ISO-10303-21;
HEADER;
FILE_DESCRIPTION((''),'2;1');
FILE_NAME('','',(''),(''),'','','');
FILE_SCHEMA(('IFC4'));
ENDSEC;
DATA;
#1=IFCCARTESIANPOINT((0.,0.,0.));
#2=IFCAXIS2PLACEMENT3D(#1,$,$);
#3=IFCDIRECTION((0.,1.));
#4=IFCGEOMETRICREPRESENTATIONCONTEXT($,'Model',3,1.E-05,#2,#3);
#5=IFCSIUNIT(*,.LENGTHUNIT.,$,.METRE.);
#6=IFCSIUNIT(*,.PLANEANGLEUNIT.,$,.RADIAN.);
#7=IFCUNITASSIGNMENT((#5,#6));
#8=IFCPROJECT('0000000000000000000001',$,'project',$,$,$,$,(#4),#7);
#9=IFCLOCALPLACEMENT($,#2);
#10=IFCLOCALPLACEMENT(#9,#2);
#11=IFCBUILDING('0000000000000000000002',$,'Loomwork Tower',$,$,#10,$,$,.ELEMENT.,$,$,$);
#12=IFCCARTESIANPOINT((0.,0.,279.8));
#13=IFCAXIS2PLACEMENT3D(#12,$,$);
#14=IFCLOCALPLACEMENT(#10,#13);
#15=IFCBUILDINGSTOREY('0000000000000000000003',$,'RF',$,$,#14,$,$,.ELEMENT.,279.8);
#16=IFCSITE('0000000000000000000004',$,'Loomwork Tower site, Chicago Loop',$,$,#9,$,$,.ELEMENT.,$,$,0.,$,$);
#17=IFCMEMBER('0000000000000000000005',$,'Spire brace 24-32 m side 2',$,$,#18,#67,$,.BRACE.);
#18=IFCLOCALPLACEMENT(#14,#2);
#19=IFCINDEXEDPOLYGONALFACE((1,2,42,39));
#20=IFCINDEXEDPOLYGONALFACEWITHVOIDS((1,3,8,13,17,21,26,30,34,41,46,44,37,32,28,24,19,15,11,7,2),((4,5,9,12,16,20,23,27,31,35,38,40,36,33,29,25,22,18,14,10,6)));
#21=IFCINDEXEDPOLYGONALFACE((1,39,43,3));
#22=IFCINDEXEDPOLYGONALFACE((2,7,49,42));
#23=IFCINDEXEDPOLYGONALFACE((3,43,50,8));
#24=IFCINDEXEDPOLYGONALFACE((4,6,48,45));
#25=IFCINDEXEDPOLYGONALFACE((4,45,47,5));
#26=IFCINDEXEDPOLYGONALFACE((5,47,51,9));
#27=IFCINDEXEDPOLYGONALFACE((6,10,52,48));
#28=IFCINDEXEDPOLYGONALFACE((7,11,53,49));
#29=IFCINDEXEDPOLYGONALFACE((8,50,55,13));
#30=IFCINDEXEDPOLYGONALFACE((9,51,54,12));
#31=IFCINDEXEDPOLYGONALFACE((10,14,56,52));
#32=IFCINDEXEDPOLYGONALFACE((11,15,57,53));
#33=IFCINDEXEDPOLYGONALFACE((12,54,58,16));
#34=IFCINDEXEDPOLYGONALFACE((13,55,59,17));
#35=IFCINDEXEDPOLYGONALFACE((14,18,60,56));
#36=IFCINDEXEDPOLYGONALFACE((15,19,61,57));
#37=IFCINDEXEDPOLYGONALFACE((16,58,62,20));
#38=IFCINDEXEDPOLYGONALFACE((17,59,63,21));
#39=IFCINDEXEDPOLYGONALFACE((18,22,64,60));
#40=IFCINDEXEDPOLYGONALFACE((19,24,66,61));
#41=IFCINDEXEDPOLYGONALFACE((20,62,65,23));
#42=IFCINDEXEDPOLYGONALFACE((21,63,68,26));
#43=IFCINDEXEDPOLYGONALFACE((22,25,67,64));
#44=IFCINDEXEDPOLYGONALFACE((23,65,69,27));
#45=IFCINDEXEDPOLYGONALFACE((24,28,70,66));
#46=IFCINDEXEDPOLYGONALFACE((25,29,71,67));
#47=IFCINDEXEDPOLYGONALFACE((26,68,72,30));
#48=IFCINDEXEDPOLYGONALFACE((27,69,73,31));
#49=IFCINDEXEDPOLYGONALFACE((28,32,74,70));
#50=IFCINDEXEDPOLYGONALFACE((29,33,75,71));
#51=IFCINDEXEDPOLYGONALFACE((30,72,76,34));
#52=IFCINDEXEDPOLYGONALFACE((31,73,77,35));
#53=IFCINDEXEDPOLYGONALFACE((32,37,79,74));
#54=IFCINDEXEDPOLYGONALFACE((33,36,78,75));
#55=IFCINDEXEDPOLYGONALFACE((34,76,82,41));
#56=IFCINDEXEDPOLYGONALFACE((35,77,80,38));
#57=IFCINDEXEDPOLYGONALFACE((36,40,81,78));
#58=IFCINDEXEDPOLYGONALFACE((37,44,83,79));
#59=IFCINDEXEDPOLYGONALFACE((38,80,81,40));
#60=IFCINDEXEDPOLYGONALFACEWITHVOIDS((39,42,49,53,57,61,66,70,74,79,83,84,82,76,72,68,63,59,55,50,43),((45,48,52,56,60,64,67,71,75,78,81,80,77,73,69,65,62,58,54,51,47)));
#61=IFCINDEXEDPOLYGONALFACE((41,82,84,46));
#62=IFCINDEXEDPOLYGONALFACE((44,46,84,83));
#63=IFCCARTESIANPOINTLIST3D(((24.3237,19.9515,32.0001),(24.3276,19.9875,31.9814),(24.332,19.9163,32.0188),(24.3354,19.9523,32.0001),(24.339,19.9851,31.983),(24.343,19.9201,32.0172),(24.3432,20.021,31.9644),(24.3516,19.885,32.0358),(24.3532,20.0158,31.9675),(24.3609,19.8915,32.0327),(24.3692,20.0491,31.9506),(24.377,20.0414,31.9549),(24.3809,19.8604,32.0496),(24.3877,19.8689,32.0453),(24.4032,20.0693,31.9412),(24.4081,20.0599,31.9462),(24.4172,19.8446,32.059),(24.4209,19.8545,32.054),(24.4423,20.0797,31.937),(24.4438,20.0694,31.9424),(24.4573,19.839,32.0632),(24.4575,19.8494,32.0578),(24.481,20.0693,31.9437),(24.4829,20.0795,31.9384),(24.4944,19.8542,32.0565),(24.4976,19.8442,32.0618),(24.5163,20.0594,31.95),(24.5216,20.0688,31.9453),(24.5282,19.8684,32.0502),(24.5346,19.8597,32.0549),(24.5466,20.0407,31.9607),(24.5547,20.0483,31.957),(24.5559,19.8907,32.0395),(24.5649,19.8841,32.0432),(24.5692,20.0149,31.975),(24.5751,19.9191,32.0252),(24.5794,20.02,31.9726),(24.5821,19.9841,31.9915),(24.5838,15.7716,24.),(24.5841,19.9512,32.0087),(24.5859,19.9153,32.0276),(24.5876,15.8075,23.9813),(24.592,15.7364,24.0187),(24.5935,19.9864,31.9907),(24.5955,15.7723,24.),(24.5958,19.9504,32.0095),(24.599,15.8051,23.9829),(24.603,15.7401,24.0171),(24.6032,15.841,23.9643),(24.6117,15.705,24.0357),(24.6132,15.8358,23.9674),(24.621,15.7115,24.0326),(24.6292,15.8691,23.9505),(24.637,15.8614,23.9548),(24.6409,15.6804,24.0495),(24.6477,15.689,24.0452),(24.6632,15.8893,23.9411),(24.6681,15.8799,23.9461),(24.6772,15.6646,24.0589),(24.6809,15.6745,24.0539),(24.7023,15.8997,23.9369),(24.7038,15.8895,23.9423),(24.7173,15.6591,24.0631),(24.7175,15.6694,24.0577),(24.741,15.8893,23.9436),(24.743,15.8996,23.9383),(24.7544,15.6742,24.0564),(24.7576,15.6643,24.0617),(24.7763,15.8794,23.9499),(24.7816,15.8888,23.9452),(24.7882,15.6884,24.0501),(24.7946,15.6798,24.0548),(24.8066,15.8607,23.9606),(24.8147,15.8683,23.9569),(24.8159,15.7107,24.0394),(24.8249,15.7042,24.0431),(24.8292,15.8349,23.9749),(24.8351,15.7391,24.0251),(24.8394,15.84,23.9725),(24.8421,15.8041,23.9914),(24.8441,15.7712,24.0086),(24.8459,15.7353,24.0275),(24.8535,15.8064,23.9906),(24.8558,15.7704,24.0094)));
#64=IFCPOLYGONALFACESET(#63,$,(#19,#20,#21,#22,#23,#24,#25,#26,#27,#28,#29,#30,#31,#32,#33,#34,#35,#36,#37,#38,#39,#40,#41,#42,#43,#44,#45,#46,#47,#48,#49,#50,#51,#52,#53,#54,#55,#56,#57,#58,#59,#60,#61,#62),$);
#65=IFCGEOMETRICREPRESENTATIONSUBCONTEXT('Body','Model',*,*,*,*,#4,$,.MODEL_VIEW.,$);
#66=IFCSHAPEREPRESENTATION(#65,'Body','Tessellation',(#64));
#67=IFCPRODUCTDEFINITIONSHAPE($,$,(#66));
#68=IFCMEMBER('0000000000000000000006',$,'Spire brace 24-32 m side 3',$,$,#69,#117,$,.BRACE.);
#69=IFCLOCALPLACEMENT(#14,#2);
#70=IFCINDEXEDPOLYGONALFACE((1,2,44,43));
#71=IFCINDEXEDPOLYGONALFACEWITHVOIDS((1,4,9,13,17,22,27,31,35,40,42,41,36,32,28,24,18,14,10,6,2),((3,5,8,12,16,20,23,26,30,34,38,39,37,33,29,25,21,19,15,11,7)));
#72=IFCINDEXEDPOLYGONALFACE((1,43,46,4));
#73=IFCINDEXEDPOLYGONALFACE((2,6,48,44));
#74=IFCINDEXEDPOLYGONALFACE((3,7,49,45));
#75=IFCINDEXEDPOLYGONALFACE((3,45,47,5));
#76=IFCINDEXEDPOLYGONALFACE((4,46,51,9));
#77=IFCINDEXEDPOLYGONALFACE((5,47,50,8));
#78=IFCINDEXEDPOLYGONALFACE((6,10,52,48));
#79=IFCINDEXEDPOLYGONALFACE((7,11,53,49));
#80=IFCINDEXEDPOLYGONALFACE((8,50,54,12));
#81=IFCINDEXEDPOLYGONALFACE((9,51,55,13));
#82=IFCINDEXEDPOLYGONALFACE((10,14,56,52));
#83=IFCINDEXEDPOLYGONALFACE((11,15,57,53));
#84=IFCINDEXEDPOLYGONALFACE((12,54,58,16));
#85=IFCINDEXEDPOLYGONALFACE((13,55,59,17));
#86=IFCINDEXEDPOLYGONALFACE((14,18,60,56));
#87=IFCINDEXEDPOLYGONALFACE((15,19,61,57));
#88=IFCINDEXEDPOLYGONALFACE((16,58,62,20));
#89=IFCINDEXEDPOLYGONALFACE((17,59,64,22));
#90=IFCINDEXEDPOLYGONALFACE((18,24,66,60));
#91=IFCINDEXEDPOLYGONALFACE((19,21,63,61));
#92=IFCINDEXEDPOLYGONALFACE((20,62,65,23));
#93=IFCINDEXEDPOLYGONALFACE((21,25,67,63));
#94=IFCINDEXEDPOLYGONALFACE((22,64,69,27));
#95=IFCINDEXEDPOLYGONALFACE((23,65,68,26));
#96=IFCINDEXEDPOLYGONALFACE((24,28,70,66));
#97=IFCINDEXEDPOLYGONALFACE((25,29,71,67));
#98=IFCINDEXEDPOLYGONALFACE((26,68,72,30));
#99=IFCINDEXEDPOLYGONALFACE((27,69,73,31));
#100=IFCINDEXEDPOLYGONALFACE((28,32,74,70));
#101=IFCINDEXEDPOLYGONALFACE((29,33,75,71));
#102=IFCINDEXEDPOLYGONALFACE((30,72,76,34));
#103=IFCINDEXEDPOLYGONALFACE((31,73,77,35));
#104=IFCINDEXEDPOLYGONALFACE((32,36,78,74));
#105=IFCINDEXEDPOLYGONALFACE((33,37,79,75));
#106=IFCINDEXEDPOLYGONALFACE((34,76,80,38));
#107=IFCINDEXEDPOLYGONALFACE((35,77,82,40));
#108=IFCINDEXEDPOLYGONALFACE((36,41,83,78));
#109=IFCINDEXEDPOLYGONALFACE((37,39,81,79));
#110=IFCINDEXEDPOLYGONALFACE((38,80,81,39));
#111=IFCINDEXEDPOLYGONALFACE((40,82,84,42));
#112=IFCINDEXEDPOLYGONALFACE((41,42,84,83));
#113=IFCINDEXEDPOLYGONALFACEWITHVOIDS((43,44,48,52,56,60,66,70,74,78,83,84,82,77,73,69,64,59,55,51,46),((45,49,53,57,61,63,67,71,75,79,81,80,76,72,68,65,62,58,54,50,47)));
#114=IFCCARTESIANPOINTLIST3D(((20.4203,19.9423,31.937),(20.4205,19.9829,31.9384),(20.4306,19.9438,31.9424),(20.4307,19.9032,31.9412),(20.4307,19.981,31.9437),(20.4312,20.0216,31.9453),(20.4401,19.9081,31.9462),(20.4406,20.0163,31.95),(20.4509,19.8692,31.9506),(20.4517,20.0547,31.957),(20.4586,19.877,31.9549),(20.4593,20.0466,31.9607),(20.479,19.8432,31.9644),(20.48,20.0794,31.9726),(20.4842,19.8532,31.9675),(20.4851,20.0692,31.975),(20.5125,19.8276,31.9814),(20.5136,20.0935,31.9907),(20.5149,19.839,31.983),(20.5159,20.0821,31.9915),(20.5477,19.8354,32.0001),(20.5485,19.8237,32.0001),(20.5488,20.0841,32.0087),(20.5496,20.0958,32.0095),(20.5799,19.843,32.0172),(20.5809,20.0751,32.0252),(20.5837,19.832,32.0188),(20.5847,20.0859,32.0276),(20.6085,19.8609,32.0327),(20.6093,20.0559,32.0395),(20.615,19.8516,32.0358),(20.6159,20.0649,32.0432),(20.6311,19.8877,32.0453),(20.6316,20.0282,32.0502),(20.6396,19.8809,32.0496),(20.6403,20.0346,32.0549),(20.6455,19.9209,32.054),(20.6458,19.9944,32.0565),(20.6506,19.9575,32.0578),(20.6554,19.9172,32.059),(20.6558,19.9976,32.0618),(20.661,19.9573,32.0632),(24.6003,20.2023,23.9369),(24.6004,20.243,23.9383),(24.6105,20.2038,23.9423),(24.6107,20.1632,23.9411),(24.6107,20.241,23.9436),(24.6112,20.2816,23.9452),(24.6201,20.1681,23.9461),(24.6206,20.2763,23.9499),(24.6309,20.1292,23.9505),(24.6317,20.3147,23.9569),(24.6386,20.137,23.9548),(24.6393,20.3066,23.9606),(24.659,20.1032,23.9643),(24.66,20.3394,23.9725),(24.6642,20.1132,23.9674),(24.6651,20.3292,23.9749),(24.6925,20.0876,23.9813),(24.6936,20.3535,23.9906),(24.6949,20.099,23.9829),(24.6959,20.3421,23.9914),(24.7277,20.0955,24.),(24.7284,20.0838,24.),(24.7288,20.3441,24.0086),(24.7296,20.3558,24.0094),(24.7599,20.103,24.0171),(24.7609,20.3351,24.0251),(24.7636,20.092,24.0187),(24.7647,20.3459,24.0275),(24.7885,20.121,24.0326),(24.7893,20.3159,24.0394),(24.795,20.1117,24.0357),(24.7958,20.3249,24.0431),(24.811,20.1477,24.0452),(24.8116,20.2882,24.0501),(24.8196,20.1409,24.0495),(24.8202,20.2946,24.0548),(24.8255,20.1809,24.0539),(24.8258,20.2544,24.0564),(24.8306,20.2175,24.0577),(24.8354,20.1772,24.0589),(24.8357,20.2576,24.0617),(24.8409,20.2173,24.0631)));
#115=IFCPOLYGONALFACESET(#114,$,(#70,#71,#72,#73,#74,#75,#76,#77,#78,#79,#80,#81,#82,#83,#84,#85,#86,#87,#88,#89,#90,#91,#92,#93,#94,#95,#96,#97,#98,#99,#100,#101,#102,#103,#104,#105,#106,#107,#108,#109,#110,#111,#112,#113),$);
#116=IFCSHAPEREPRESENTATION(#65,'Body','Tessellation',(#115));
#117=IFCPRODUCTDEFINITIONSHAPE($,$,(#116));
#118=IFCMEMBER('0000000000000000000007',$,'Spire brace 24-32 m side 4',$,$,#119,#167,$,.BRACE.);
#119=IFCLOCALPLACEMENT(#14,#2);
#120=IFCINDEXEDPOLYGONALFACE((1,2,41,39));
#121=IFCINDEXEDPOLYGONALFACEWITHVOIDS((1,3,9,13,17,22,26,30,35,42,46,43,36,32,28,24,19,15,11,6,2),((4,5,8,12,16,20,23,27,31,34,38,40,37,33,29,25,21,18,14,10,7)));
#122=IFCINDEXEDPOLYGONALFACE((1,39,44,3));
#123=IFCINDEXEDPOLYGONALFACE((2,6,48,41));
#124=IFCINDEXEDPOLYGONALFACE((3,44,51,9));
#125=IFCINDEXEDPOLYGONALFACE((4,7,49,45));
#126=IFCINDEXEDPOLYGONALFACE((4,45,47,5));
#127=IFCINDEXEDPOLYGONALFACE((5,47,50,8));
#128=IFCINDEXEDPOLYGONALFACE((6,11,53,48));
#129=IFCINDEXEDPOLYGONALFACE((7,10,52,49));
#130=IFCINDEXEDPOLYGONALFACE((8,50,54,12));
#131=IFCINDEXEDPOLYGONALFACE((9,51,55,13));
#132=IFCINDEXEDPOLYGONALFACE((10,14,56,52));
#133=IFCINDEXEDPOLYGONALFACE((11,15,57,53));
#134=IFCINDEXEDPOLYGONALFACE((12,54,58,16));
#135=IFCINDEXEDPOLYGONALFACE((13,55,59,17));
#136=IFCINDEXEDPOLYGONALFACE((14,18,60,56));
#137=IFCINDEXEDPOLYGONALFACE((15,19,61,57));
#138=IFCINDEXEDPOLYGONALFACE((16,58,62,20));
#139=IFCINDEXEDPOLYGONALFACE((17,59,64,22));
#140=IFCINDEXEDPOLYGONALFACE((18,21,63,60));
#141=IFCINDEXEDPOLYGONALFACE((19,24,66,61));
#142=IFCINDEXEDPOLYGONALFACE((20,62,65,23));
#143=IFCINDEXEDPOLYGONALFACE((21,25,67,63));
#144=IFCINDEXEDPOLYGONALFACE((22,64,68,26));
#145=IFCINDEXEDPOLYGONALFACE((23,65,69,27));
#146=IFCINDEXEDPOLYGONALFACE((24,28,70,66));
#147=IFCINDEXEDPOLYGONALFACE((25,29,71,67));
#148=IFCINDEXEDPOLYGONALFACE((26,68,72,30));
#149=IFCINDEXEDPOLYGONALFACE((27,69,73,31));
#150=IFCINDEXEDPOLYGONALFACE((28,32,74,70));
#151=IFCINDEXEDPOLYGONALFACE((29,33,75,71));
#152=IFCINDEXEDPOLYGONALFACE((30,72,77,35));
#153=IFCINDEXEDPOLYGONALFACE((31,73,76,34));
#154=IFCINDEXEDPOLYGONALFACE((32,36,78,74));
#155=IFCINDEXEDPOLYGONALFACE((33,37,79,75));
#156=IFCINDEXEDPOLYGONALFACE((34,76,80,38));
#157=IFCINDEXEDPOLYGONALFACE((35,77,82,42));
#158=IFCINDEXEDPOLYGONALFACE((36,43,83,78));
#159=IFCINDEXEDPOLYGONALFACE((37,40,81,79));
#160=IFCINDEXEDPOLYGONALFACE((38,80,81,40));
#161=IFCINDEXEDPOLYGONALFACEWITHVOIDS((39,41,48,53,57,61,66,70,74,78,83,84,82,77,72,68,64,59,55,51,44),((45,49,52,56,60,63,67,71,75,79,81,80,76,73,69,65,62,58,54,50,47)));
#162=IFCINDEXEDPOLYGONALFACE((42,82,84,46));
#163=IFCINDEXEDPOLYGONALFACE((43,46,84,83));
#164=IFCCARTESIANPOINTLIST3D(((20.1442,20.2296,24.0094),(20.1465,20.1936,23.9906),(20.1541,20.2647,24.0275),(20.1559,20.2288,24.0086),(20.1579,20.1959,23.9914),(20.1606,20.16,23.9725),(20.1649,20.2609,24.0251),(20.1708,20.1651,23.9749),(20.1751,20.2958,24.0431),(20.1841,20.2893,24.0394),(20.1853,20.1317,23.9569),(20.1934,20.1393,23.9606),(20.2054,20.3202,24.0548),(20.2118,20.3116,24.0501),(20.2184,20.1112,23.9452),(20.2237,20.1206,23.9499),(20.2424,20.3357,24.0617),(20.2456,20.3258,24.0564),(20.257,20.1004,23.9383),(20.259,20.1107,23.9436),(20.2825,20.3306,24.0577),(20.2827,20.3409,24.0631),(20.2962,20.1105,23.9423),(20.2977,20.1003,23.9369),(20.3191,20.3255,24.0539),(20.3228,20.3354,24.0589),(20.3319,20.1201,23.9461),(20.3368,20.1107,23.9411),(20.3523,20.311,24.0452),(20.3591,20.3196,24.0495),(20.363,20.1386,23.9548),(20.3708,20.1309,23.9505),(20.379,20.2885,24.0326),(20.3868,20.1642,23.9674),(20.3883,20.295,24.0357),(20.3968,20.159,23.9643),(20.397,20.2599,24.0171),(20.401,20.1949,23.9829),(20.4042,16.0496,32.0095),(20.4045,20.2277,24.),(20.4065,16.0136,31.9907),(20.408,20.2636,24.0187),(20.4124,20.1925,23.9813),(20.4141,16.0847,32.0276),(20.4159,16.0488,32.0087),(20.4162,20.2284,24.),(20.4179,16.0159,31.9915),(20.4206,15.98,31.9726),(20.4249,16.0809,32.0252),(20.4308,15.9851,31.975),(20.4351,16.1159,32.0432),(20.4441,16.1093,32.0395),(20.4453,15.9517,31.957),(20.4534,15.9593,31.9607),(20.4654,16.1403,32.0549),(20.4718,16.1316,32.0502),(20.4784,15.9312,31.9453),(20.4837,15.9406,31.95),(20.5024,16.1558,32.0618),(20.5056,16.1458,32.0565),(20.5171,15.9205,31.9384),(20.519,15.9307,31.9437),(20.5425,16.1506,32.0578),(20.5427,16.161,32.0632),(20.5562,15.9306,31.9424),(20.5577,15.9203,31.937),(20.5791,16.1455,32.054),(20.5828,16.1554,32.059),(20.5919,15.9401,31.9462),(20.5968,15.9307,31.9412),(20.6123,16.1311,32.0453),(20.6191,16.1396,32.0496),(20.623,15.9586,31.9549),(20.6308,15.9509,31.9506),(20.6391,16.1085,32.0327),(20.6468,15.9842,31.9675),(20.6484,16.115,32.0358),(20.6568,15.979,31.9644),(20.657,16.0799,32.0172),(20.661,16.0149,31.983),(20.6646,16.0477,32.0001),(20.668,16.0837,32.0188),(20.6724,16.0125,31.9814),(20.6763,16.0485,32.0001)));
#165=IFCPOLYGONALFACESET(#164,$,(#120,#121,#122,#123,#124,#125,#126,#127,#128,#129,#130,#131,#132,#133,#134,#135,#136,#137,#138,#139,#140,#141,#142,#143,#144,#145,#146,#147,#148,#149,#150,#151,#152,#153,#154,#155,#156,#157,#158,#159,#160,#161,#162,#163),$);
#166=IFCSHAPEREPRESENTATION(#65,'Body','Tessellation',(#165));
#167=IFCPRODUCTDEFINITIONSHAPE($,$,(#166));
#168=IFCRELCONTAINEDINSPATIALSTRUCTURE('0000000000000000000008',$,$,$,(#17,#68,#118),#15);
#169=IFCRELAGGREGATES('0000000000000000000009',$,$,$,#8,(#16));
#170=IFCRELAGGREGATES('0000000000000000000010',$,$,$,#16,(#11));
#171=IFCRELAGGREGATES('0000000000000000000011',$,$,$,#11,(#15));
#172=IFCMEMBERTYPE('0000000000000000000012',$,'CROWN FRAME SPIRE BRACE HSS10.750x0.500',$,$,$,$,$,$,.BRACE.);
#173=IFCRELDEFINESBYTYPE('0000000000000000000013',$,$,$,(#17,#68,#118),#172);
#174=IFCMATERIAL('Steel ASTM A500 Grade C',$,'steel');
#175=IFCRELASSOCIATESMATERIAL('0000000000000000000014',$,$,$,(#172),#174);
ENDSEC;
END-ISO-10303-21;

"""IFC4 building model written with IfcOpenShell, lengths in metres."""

from ifc_helpers import new_model, si_unit, direction, frame, origin, origin_2d, place, context, subcontext, project, spatial, hollow_circle, extrude, material, material_profile, profile_set, type_object, element, save


model = new_model("IFC4")

# Units and contexts
model_context = context("Model", 3, precision=1e-05, world=origin(), true_north=direction((0.0, 1.0)))
body_context = subcontext(model_context, "Body", "Model", "MODEL_VIEW")
ifc_project = project(units=[si_unit("LENGTHUNIT", "METRE"), si_unit("PLANEANGLEUNIT", "RADIAN")], contexts=[model_context])

# Site, building, storey
site_placement = place(None, origin())
site = spatial("IfcSite", under=ifc_project, at=site_placement, Name="Loomwork Tower site, Chicago Loop", CompositionType="ELEMENT", RefElevation=0.0)
building_placement = place(site_placement, origin())
building = spatial("IfcBuilding", under=site, at=building_placement, Name="Loomwork Tower", CompositionType="ELEMENT")
storey_placement = place(building_placement, frame((0.0, 0.0, 279.8)))
storey = spatial("IfcBuildingStorey", under=building, at=storey_placement, Name="RF", CompositionType="ELEMENT", Elevation=279.8)

# Members
ifc_material_1 = material(Name="Steel ASTM A500 Grade C", Category="steel")
ifc_material_profile_1 = material_profile(ifc_material_1, hollow_circle(Radius=0.1365, WallThickness=0.0117, at=origin_2d()), Name="HSS10.750x0.500")
ifc_profile_set_1 = profile_set([ifc_material_profile_1], Name="Steel ASTM A500 Grade C")
member_type_1 = type_object("IfcMemberType", Name="CROWN FRAME SPIRE BRACE HSS10.750x0.500", PredefinedType="BRACE", material=ifc_profile_set_1)
for number, where, z_axis, x_axis, name in (
    (1, (24.72, 15.78, 24.0), (-0.028794, 0.462898, 0.885944), (-0.998071, -0.062084, 0.0), "Spire brace 24-32 m side 2"),
    (2, (24.72, 20.22, 24.0), (-0.462898, -0.028794, 0.885944), (0.062084, -0.998071, 0.0), "Spire brace 24-32 m side 3"),
    (3, (20.28, 20.22, 24.0), (0.028794, -0.462898, 0.885944), (0.998071, 0.062084, 0.0), "Spire brace 24-32 m side 4"),
):
    element("IfcMember", number, at=place(storey_placement, frame(where, z_axis=z_axis, x_axis=x_axis)), inside=storey, type_object=member_type_1, Name=name, PredefinedType="BRACE", context=body_context, shape_type="SweptSolid", body=[
        extrude(hollow_circle(Radius=0.1365, WallThickness=0.0117, at=origin_2d()), origin(), (0.0, 0.0, 1.0), 9.03),
    ])

save(model, "model.ifc")
